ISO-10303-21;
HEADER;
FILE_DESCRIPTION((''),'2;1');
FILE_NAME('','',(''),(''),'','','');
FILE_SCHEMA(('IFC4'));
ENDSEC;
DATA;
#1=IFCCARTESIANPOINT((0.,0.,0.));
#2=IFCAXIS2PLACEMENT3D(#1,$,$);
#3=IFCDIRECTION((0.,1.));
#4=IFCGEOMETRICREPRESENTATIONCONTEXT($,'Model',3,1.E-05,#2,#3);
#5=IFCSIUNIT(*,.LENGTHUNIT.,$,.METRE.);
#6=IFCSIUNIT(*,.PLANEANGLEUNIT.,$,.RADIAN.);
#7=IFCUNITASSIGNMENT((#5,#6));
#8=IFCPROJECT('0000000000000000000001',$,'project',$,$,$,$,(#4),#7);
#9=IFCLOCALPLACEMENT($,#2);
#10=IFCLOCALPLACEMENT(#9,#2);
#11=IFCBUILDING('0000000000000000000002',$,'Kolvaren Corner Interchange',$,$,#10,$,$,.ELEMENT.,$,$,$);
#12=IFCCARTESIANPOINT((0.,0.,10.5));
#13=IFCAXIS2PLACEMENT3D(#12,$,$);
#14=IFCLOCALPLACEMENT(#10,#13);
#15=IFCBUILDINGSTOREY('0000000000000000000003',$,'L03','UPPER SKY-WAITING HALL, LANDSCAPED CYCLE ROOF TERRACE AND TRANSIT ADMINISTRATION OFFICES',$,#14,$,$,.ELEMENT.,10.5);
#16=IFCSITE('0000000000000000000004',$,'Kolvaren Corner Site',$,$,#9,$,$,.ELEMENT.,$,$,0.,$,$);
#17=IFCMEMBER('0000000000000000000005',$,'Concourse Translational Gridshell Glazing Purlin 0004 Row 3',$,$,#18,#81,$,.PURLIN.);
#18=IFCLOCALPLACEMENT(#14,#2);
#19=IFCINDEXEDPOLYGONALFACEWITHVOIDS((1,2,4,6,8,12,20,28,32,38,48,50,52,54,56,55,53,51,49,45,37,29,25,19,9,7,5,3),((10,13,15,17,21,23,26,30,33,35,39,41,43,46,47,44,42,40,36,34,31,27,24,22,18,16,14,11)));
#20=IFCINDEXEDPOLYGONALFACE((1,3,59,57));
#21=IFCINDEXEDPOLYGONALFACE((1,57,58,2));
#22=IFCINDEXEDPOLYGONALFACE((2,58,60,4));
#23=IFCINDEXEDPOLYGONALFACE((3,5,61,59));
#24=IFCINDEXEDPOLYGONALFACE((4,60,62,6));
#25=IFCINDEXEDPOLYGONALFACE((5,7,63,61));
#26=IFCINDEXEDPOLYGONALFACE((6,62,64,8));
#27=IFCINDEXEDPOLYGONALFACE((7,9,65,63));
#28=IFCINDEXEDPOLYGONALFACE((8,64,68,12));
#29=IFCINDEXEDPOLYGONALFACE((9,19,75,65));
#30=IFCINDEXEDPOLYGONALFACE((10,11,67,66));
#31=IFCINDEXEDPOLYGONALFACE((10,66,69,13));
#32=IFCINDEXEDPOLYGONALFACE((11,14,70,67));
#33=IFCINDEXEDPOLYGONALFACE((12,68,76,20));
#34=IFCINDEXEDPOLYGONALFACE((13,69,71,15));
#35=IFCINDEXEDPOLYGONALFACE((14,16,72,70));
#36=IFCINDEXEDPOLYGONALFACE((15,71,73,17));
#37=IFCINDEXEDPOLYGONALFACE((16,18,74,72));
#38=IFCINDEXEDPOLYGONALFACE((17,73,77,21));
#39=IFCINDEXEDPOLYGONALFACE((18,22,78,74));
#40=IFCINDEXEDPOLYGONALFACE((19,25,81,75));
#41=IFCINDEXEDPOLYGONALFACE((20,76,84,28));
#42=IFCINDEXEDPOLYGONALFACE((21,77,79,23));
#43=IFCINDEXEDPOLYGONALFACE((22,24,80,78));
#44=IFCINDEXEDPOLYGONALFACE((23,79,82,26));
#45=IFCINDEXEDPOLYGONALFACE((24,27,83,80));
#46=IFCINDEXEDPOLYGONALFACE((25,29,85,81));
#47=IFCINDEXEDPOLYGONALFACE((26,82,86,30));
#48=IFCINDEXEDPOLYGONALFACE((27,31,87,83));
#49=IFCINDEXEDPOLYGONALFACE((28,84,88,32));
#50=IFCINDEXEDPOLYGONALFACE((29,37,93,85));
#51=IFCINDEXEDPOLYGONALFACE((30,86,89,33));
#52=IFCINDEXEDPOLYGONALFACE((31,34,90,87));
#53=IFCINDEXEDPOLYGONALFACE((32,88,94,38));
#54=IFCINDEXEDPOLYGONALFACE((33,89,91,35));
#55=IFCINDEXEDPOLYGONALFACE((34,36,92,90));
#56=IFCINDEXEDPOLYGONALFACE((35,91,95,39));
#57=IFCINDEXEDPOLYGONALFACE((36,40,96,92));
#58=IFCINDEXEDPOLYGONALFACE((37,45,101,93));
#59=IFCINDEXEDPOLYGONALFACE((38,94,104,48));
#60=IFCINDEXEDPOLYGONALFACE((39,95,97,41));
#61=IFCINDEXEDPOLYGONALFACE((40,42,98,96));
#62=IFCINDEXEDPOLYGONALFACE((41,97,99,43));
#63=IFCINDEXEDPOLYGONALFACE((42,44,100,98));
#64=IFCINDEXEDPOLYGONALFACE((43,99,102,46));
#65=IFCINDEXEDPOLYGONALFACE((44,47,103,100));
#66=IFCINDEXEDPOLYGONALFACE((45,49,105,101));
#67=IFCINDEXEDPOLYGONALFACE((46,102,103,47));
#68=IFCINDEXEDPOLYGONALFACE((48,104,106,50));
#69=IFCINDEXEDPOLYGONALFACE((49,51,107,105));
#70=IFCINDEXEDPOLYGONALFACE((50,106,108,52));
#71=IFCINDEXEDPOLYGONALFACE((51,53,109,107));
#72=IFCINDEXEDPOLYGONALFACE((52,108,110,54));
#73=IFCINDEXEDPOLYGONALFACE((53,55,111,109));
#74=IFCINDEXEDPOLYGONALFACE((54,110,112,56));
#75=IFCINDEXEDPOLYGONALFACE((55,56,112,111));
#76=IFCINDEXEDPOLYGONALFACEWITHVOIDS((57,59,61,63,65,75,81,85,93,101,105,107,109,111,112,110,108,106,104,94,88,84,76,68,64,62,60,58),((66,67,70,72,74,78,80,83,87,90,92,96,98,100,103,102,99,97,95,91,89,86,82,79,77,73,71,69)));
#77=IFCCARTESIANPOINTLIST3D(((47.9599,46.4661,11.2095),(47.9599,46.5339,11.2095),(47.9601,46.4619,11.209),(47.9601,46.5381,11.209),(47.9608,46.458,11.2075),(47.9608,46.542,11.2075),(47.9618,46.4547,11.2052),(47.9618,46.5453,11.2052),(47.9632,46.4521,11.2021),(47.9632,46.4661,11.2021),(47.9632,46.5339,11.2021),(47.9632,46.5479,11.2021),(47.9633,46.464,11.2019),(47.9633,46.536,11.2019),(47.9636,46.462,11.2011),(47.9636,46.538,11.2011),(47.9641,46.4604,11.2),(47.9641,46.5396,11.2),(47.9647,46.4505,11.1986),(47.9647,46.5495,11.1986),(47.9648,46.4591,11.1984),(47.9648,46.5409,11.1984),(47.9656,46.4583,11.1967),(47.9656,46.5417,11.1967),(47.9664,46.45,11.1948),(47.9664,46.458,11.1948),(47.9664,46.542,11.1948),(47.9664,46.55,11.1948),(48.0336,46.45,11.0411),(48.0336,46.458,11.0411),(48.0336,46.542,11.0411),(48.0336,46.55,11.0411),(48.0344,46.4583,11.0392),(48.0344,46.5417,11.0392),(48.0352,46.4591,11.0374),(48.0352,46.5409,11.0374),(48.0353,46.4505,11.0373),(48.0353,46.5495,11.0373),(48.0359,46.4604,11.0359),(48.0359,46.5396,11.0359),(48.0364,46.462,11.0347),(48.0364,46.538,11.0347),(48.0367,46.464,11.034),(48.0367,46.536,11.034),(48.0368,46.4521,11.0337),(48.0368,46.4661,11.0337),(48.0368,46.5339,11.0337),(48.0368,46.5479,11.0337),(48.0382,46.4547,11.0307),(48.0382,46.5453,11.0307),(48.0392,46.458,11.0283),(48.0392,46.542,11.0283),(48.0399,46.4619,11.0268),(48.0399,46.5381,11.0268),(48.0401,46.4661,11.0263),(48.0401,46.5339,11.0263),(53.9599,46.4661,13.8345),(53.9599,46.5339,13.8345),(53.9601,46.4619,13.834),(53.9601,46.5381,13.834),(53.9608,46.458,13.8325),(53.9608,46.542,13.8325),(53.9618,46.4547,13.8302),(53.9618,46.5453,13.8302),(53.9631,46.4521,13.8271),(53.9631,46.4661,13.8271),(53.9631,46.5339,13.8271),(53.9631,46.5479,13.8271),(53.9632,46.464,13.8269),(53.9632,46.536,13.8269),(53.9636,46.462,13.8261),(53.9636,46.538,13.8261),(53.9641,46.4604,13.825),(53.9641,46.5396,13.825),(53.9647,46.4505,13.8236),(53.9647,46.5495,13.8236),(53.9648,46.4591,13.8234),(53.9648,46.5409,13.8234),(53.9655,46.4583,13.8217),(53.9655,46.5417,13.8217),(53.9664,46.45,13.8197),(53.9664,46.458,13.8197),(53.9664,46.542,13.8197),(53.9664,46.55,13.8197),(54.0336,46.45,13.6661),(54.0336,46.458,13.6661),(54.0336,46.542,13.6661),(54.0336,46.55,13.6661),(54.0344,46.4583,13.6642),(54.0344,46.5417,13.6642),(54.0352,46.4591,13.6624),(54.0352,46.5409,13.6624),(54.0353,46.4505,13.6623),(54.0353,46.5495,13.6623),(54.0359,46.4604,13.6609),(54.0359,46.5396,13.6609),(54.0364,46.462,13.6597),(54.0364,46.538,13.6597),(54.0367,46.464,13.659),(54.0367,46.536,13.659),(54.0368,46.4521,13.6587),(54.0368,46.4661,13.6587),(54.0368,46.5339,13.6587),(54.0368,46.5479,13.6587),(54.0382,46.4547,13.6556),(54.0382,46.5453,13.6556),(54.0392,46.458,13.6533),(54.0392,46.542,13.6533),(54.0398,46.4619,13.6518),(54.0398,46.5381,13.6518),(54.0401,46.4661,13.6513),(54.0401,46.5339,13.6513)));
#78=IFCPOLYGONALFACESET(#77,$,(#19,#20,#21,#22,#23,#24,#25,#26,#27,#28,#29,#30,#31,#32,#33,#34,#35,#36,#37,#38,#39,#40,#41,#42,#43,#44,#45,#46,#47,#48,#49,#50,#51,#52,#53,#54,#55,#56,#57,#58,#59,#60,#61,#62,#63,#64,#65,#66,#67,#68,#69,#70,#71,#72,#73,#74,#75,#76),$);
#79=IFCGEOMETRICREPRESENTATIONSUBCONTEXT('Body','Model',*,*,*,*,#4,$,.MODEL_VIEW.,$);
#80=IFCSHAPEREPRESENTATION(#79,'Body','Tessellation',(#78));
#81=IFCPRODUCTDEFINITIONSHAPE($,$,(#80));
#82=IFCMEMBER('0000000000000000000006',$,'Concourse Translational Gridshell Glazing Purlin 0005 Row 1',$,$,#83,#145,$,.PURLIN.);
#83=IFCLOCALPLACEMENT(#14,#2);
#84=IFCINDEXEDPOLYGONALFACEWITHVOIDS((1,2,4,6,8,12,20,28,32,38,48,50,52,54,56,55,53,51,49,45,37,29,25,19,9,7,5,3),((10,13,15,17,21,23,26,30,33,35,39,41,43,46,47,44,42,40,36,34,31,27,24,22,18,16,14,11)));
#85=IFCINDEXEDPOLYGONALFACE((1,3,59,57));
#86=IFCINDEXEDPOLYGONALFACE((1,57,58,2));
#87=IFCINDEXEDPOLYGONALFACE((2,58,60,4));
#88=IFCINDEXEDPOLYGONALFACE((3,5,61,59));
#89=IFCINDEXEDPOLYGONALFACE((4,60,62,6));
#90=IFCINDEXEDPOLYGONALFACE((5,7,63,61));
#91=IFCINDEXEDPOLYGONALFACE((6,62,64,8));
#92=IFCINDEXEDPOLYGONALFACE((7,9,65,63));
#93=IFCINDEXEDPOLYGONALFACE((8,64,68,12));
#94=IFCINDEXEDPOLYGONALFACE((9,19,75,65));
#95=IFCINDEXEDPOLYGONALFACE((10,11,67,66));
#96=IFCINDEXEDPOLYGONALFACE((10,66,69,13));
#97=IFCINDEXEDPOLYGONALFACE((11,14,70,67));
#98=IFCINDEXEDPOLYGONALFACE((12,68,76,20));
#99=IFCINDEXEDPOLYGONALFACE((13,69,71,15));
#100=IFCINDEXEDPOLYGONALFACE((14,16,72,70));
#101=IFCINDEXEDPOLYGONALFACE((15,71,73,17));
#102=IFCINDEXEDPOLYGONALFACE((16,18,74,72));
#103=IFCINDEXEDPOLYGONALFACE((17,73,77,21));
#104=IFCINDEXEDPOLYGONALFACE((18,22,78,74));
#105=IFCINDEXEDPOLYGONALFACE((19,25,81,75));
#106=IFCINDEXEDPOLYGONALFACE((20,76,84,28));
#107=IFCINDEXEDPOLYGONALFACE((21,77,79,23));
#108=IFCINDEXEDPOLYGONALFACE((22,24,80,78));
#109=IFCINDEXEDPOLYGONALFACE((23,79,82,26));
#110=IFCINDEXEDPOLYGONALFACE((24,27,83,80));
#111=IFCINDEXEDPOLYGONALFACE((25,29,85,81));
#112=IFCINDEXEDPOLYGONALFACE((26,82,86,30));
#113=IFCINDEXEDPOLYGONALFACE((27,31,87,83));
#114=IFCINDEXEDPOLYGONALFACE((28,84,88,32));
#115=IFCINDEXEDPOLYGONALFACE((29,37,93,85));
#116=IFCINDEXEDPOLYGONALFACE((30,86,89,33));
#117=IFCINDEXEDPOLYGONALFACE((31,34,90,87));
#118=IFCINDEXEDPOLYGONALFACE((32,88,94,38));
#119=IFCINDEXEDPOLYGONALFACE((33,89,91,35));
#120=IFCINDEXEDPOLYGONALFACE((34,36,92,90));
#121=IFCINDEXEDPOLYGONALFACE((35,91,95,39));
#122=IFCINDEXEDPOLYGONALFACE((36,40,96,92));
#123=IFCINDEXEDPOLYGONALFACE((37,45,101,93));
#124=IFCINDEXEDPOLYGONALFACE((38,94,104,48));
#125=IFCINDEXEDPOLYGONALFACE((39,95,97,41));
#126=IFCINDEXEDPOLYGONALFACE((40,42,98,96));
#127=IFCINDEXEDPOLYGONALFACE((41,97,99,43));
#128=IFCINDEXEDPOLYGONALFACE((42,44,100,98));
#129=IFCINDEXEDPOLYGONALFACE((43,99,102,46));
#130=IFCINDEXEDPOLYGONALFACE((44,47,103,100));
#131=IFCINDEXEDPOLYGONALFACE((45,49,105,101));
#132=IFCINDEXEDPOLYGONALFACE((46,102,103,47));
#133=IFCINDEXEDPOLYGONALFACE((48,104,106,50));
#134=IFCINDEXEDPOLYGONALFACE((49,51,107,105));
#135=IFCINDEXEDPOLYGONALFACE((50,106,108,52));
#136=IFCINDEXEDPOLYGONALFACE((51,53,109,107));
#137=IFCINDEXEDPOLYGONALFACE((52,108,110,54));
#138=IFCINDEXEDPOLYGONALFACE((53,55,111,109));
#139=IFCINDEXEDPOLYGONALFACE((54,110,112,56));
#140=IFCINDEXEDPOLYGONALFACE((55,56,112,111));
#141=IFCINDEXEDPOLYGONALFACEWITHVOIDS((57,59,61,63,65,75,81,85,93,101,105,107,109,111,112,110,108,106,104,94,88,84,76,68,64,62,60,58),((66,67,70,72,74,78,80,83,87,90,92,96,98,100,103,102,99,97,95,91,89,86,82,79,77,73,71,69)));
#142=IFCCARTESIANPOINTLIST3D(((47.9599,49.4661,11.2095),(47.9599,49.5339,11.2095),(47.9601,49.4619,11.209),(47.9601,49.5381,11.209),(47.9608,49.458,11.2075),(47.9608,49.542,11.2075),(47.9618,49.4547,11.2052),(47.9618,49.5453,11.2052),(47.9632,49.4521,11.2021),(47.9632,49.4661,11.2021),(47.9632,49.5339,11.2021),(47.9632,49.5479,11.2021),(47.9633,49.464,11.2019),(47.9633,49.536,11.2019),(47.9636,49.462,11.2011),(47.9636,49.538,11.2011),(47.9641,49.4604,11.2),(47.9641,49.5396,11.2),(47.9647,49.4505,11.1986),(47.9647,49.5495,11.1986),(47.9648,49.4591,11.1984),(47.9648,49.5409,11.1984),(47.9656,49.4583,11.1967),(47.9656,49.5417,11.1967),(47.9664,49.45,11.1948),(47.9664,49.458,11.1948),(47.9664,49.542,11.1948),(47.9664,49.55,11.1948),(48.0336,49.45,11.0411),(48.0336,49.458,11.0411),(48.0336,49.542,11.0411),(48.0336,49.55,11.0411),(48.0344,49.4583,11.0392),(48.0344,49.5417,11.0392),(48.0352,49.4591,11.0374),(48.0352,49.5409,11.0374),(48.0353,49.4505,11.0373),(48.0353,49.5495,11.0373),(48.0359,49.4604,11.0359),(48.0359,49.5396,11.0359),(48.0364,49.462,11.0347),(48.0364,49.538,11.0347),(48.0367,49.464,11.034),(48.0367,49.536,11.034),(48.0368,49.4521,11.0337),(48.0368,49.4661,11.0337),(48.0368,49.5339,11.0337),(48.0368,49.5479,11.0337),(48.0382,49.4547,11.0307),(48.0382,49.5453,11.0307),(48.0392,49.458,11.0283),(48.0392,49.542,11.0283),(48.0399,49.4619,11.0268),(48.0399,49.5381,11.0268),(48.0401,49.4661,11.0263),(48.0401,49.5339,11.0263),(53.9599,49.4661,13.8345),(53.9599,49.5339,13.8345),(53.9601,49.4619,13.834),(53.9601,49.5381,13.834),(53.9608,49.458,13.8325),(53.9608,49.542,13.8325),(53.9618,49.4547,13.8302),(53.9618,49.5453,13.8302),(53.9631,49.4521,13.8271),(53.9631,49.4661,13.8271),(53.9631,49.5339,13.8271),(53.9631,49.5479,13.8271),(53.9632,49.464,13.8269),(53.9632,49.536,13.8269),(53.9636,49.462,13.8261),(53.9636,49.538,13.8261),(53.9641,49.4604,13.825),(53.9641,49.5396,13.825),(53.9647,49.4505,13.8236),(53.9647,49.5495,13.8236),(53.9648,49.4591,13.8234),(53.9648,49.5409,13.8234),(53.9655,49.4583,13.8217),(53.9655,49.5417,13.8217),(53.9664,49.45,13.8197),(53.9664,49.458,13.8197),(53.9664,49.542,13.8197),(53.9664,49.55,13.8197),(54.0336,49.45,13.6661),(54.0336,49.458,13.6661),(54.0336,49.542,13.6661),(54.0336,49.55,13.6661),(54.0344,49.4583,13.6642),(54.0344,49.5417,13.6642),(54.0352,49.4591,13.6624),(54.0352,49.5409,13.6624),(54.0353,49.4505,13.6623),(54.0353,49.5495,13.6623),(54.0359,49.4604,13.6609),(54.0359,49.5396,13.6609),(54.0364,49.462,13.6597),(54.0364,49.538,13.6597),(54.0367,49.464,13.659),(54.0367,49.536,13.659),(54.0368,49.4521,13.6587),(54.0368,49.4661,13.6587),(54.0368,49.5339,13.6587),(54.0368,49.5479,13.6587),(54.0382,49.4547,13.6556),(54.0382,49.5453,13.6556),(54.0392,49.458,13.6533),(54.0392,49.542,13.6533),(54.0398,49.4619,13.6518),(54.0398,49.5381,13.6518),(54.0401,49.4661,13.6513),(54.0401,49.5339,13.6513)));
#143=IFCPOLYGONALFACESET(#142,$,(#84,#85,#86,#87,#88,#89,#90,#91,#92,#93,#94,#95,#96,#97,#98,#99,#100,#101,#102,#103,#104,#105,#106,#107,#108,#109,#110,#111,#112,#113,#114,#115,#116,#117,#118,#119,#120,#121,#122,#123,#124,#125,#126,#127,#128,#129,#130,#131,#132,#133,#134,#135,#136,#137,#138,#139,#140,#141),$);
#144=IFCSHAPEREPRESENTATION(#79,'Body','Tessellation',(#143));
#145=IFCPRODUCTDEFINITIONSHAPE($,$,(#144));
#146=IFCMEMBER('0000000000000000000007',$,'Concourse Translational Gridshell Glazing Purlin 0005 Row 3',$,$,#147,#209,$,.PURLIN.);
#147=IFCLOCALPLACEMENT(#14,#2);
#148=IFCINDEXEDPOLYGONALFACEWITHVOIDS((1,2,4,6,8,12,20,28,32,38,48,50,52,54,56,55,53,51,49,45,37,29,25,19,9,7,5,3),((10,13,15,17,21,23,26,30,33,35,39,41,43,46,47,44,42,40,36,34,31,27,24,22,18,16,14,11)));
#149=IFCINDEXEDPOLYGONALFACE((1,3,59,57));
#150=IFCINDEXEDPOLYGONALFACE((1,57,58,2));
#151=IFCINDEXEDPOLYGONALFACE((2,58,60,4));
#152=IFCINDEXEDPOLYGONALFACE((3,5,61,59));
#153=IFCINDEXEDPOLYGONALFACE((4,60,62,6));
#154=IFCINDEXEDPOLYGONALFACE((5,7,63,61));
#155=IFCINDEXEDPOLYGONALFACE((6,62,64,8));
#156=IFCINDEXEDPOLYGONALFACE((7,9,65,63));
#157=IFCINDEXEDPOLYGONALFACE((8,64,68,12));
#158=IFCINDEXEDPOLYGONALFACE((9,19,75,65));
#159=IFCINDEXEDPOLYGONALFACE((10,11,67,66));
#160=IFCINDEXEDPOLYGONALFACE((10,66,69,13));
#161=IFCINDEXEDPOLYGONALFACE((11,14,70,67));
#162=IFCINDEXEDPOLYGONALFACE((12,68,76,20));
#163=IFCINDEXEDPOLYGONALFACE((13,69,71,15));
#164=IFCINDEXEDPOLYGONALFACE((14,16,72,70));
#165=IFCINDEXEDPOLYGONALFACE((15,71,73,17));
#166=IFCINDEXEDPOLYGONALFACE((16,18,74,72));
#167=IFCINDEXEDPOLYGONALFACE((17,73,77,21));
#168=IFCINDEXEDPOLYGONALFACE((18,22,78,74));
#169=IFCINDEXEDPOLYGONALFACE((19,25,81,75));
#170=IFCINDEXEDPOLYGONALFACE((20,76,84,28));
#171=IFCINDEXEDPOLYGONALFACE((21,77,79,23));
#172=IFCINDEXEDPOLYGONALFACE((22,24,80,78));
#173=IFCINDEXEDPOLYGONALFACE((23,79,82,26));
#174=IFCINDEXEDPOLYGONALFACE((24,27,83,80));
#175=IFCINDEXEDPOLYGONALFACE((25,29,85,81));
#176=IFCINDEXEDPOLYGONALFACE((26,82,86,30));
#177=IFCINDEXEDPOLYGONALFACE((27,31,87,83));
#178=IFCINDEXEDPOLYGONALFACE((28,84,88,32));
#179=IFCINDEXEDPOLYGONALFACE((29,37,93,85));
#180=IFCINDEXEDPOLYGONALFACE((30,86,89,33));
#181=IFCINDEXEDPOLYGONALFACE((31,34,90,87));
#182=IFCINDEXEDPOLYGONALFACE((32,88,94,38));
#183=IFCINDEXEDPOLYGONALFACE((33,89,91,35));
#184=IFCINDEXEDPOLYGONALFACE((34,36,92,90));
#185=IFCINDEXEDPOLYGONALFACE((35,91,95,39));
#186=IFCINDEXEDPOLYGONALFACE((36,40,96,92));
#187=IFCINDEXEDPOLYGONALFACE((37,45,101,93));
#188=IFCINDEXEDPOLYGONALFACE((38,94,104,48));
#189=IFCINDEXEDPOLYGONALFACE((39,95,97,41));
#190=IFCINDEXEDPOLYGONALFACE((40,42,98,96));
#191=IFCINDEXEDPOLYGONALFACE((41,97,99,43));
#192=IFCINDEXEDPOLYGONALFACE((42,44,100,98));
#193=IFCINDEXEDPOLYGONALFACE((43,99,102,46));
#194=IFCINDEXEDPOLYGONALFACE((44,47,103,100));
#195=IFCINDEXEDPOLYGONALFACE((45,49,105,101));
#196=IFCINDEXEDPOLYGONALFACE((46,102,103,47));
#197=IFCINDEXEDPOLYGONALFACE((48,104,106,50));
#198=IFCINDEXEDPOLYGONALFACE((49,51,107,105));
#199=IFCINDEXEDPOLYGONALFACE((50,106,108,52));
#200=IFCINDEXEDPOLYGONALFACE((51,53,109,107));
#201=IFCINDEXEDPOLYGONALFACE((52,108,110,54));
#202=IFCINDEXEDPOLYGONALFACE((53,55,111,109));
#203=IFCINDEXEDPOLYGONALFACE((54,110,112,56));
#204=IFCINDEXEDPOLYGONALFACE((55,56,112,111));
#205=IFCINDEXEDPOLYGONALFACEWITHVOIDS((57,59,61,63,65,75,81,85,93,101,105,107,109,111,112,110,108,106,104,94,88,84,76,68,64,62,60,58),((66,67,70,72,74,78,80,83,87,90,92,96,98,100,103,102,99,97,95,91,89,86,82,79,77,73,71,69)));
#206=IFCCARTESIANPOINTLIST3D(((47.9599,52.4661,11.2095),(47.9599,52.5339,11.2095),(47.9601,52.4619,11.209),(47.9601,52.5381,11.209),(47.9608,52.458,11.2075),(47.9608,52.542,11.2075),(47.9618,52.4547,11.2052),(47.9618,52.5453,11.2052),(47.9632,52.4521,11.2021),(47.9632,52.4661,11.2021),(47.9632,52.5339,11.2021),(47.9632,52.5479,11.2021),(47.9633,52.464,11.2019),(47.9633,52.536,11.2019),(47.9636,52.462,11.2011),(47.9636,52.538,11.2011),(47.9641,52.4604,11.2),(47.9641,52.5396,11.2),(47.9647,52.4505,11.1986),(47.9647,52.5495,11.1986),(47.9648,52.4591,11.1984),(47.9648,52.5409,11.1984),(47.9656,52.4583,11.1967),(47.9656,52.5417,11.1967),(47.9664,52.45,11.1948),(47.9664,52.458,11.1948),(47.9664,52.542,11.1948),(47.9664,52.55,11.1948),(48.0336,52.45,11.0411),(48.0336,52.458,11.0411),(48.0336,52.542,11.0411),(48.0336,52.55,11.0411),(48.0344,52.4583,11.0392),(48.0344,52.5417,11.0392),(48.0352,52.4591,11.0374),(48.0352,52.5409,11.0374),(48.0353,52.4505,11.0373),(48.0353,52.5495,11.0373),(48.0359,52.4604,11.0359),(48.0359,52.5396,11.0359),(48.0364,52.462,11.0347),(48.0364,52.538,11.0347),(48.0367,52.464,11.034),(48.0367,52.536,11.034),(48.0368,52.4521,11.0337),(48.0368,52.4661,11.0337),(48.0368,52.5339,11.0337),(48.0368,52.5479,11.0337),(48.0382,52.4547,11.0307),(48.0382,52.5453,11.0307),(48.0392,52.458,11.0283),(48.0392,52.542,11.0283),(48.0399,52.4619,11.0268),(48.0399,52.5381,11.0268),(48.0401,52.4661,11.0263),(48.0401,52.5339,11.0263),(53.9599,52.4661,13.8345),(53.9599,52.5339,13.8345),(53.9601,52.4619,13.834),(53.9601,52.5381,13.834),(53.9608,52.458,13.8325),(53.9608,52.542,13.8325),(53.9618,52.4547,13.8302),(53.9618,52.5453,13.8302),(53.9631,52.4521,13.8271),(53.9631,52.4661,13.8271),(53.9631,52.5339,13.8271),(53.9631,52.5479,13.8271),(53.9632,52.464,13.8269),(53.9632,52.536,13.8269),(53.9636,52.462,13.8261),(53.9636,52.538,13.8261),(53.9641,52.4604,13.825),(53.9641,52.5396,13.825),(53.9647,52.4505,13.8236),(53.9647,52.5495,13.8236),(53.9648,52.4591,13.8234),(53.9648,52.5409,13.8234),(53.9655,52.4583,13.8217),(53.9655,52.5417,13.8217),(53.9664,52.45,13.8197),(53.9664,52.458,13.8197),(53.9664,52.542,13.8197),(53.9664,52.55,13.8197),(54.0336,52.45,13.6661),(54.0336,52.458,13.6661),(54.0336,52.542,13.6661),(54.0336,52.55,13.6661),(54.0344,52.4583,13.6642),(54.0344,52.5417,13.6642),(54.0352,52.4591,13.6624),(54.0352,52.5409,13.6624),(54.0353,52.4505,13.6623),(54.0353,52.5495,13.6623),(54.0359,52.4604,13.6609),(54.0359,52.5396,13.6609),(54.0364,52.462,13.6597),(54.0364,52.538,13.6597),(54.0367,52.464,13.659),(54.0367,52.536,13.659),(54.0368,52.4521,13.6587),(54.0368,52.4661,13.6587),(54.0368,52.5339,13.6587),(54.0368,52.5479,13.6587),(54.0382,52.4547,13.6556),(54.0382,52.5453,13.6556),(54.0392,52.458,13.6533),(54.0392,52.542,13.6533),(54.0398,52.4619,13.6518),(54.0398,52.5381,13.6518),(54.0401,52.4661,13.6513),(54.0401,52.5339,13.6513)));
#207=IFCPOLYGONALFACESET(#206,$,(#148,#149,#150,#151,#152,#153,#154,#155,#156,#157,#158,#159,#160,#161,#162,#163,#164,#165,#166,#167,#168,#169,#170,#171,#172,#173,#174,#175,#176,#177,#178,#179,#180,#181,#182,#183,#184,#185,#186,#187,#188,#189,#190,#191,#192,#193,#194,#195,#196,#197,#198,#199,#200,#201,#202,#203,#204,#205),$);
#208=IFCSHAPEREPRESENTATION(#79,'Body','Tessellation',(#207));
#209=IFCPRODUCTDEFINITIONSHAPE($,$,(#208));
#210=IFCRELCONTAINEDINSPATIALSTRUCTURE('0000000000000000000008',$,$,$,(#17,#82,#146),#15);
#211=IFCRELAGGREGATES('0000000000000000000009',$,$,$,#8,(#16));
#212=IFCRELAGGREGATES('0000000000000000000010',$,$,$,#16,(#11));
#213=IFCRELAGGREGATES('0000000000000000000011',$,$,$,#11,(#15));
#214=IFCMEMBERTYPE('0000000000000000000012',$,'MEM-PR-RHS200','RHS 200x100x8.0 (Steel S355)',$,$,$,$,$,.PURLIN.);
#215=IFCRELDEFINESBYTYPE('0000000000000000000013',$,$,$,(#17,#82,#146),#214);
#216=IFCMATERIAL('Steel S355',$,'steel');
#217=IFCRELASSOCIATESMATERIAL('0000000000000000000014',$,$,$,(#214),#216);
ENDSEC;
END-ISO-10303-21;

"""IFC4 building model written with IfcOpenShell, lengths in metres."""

from ifc_helpers import new_model, si_unit, direction, frame, origin, origin_2d, place, context, subcontext, project, spatial, hollow_rectangle, extrude, material, material_profile, profile_set, type_object, element, save


model = new_model("IFC4")

# Units and contexts
model_context = context("Model", 3, precision=1e-05, world=origin(), true_north=direction((0.0, 1.0)))
body_context = subcontext(model_context, "Body", "Model", "MODEL_VIEW")
ifc_project = project(units=[si_unit("LENGTHUNIT", "METRE"), si_unit("PLANEANGLEUNIT", "RADIAN")], contexts=[model_context])

# Site, building, storey
site_placement = place(None, origin())
site = spatial("IfcSite", under=ifc_project, at=site_placement, Name="Kolvaren Corner Site", CompositionType="ELEMENT", RefElevation=0.0)
building_placement = place(site_placement, origin())
building = spatial("IfcBuilding", under=site, at=building_placement, Name="Kolvaren Corner Interchange", CompositionType="ELEMENT")
storey_placement = place(building_placement, frame((0.0, 0.0, 10.5)))
storey = spatial("IfcBuildingStorey", under=building, at=storey_placement, Name="L03", Description="UPPER SKY-WAITING HALL, LANDSCAPED CYCLE ROOF TERRACE AND TRANSIT ADMINISTRATION OFFICES", CompositionType="ELEMENT", Elevation=10.5)

# Members
ifc_material_1 = material(Name="Steel S355", Category="steel")
ifc_material_profile_1 = material_profile(ifc_material_1, hollow_rectangle(XDim=0.1001, YDim=0.2, WallThickness=0.0081, InnerFilletRadius=0.0081, OuterFilletRadius=0.0161, at=origin_2d()), Name="RHS 200x100x8.0")
ifc_profile_set_1 = profile_set([ifc_material_profile_1], Name="Steel S355")
member_type_1 = type_object("IfcMemberType", Name="MEM-PR-RHS200", Description="RHS 200x100x8.0 (Steel S355)", PredefinedType="PURLIN", material=ifc_profile_set_1)
for number, where, z_axis, x_axis, name in (
    (1, (48.0, 46.5, 11.1179), (0.916157, 0.0, 0.400819), (0.0, 1.0, 0.0), "Concourse Translational Gridshell Glazing Purlin 0004 Row 3"),
    (2, (48.0, 49.5, 11.1179), (0.916157, 0.0, 0.400819), (0.0, 1.0, 0.0), "Concourse Translational Gridshell Glazing Purlin 0005 Row 1"),
    (3, (48.0, 52.5, 11.1179), (0.916157, 0.0, 0.400819), (0.0, 1.0, 0.0), "Concourse Translational Gridshell Glazing Purlin 0005 Row 3"),
):
    element("IfcMember", number, at=place(storey_placement, frame(where, z_axis=z_axis, x_axis=x_axis)), inside=storey, type_object=member_type_1, Name=name, PredefinedType="PURLIN", context=body_context, shape_type="SweptSolid", body=[
        extrude(hollow_rectangle(XDim=0.1001, YDim=0.2, WallThickness=0.0081, InnerFilletRadius=0.0081, OuterFilletRadius=0.0161, at=origin_2d()), origin(), (0.0, 0.0, 1.0), 6.5491),
    ])

save(model, "model.ifc")
